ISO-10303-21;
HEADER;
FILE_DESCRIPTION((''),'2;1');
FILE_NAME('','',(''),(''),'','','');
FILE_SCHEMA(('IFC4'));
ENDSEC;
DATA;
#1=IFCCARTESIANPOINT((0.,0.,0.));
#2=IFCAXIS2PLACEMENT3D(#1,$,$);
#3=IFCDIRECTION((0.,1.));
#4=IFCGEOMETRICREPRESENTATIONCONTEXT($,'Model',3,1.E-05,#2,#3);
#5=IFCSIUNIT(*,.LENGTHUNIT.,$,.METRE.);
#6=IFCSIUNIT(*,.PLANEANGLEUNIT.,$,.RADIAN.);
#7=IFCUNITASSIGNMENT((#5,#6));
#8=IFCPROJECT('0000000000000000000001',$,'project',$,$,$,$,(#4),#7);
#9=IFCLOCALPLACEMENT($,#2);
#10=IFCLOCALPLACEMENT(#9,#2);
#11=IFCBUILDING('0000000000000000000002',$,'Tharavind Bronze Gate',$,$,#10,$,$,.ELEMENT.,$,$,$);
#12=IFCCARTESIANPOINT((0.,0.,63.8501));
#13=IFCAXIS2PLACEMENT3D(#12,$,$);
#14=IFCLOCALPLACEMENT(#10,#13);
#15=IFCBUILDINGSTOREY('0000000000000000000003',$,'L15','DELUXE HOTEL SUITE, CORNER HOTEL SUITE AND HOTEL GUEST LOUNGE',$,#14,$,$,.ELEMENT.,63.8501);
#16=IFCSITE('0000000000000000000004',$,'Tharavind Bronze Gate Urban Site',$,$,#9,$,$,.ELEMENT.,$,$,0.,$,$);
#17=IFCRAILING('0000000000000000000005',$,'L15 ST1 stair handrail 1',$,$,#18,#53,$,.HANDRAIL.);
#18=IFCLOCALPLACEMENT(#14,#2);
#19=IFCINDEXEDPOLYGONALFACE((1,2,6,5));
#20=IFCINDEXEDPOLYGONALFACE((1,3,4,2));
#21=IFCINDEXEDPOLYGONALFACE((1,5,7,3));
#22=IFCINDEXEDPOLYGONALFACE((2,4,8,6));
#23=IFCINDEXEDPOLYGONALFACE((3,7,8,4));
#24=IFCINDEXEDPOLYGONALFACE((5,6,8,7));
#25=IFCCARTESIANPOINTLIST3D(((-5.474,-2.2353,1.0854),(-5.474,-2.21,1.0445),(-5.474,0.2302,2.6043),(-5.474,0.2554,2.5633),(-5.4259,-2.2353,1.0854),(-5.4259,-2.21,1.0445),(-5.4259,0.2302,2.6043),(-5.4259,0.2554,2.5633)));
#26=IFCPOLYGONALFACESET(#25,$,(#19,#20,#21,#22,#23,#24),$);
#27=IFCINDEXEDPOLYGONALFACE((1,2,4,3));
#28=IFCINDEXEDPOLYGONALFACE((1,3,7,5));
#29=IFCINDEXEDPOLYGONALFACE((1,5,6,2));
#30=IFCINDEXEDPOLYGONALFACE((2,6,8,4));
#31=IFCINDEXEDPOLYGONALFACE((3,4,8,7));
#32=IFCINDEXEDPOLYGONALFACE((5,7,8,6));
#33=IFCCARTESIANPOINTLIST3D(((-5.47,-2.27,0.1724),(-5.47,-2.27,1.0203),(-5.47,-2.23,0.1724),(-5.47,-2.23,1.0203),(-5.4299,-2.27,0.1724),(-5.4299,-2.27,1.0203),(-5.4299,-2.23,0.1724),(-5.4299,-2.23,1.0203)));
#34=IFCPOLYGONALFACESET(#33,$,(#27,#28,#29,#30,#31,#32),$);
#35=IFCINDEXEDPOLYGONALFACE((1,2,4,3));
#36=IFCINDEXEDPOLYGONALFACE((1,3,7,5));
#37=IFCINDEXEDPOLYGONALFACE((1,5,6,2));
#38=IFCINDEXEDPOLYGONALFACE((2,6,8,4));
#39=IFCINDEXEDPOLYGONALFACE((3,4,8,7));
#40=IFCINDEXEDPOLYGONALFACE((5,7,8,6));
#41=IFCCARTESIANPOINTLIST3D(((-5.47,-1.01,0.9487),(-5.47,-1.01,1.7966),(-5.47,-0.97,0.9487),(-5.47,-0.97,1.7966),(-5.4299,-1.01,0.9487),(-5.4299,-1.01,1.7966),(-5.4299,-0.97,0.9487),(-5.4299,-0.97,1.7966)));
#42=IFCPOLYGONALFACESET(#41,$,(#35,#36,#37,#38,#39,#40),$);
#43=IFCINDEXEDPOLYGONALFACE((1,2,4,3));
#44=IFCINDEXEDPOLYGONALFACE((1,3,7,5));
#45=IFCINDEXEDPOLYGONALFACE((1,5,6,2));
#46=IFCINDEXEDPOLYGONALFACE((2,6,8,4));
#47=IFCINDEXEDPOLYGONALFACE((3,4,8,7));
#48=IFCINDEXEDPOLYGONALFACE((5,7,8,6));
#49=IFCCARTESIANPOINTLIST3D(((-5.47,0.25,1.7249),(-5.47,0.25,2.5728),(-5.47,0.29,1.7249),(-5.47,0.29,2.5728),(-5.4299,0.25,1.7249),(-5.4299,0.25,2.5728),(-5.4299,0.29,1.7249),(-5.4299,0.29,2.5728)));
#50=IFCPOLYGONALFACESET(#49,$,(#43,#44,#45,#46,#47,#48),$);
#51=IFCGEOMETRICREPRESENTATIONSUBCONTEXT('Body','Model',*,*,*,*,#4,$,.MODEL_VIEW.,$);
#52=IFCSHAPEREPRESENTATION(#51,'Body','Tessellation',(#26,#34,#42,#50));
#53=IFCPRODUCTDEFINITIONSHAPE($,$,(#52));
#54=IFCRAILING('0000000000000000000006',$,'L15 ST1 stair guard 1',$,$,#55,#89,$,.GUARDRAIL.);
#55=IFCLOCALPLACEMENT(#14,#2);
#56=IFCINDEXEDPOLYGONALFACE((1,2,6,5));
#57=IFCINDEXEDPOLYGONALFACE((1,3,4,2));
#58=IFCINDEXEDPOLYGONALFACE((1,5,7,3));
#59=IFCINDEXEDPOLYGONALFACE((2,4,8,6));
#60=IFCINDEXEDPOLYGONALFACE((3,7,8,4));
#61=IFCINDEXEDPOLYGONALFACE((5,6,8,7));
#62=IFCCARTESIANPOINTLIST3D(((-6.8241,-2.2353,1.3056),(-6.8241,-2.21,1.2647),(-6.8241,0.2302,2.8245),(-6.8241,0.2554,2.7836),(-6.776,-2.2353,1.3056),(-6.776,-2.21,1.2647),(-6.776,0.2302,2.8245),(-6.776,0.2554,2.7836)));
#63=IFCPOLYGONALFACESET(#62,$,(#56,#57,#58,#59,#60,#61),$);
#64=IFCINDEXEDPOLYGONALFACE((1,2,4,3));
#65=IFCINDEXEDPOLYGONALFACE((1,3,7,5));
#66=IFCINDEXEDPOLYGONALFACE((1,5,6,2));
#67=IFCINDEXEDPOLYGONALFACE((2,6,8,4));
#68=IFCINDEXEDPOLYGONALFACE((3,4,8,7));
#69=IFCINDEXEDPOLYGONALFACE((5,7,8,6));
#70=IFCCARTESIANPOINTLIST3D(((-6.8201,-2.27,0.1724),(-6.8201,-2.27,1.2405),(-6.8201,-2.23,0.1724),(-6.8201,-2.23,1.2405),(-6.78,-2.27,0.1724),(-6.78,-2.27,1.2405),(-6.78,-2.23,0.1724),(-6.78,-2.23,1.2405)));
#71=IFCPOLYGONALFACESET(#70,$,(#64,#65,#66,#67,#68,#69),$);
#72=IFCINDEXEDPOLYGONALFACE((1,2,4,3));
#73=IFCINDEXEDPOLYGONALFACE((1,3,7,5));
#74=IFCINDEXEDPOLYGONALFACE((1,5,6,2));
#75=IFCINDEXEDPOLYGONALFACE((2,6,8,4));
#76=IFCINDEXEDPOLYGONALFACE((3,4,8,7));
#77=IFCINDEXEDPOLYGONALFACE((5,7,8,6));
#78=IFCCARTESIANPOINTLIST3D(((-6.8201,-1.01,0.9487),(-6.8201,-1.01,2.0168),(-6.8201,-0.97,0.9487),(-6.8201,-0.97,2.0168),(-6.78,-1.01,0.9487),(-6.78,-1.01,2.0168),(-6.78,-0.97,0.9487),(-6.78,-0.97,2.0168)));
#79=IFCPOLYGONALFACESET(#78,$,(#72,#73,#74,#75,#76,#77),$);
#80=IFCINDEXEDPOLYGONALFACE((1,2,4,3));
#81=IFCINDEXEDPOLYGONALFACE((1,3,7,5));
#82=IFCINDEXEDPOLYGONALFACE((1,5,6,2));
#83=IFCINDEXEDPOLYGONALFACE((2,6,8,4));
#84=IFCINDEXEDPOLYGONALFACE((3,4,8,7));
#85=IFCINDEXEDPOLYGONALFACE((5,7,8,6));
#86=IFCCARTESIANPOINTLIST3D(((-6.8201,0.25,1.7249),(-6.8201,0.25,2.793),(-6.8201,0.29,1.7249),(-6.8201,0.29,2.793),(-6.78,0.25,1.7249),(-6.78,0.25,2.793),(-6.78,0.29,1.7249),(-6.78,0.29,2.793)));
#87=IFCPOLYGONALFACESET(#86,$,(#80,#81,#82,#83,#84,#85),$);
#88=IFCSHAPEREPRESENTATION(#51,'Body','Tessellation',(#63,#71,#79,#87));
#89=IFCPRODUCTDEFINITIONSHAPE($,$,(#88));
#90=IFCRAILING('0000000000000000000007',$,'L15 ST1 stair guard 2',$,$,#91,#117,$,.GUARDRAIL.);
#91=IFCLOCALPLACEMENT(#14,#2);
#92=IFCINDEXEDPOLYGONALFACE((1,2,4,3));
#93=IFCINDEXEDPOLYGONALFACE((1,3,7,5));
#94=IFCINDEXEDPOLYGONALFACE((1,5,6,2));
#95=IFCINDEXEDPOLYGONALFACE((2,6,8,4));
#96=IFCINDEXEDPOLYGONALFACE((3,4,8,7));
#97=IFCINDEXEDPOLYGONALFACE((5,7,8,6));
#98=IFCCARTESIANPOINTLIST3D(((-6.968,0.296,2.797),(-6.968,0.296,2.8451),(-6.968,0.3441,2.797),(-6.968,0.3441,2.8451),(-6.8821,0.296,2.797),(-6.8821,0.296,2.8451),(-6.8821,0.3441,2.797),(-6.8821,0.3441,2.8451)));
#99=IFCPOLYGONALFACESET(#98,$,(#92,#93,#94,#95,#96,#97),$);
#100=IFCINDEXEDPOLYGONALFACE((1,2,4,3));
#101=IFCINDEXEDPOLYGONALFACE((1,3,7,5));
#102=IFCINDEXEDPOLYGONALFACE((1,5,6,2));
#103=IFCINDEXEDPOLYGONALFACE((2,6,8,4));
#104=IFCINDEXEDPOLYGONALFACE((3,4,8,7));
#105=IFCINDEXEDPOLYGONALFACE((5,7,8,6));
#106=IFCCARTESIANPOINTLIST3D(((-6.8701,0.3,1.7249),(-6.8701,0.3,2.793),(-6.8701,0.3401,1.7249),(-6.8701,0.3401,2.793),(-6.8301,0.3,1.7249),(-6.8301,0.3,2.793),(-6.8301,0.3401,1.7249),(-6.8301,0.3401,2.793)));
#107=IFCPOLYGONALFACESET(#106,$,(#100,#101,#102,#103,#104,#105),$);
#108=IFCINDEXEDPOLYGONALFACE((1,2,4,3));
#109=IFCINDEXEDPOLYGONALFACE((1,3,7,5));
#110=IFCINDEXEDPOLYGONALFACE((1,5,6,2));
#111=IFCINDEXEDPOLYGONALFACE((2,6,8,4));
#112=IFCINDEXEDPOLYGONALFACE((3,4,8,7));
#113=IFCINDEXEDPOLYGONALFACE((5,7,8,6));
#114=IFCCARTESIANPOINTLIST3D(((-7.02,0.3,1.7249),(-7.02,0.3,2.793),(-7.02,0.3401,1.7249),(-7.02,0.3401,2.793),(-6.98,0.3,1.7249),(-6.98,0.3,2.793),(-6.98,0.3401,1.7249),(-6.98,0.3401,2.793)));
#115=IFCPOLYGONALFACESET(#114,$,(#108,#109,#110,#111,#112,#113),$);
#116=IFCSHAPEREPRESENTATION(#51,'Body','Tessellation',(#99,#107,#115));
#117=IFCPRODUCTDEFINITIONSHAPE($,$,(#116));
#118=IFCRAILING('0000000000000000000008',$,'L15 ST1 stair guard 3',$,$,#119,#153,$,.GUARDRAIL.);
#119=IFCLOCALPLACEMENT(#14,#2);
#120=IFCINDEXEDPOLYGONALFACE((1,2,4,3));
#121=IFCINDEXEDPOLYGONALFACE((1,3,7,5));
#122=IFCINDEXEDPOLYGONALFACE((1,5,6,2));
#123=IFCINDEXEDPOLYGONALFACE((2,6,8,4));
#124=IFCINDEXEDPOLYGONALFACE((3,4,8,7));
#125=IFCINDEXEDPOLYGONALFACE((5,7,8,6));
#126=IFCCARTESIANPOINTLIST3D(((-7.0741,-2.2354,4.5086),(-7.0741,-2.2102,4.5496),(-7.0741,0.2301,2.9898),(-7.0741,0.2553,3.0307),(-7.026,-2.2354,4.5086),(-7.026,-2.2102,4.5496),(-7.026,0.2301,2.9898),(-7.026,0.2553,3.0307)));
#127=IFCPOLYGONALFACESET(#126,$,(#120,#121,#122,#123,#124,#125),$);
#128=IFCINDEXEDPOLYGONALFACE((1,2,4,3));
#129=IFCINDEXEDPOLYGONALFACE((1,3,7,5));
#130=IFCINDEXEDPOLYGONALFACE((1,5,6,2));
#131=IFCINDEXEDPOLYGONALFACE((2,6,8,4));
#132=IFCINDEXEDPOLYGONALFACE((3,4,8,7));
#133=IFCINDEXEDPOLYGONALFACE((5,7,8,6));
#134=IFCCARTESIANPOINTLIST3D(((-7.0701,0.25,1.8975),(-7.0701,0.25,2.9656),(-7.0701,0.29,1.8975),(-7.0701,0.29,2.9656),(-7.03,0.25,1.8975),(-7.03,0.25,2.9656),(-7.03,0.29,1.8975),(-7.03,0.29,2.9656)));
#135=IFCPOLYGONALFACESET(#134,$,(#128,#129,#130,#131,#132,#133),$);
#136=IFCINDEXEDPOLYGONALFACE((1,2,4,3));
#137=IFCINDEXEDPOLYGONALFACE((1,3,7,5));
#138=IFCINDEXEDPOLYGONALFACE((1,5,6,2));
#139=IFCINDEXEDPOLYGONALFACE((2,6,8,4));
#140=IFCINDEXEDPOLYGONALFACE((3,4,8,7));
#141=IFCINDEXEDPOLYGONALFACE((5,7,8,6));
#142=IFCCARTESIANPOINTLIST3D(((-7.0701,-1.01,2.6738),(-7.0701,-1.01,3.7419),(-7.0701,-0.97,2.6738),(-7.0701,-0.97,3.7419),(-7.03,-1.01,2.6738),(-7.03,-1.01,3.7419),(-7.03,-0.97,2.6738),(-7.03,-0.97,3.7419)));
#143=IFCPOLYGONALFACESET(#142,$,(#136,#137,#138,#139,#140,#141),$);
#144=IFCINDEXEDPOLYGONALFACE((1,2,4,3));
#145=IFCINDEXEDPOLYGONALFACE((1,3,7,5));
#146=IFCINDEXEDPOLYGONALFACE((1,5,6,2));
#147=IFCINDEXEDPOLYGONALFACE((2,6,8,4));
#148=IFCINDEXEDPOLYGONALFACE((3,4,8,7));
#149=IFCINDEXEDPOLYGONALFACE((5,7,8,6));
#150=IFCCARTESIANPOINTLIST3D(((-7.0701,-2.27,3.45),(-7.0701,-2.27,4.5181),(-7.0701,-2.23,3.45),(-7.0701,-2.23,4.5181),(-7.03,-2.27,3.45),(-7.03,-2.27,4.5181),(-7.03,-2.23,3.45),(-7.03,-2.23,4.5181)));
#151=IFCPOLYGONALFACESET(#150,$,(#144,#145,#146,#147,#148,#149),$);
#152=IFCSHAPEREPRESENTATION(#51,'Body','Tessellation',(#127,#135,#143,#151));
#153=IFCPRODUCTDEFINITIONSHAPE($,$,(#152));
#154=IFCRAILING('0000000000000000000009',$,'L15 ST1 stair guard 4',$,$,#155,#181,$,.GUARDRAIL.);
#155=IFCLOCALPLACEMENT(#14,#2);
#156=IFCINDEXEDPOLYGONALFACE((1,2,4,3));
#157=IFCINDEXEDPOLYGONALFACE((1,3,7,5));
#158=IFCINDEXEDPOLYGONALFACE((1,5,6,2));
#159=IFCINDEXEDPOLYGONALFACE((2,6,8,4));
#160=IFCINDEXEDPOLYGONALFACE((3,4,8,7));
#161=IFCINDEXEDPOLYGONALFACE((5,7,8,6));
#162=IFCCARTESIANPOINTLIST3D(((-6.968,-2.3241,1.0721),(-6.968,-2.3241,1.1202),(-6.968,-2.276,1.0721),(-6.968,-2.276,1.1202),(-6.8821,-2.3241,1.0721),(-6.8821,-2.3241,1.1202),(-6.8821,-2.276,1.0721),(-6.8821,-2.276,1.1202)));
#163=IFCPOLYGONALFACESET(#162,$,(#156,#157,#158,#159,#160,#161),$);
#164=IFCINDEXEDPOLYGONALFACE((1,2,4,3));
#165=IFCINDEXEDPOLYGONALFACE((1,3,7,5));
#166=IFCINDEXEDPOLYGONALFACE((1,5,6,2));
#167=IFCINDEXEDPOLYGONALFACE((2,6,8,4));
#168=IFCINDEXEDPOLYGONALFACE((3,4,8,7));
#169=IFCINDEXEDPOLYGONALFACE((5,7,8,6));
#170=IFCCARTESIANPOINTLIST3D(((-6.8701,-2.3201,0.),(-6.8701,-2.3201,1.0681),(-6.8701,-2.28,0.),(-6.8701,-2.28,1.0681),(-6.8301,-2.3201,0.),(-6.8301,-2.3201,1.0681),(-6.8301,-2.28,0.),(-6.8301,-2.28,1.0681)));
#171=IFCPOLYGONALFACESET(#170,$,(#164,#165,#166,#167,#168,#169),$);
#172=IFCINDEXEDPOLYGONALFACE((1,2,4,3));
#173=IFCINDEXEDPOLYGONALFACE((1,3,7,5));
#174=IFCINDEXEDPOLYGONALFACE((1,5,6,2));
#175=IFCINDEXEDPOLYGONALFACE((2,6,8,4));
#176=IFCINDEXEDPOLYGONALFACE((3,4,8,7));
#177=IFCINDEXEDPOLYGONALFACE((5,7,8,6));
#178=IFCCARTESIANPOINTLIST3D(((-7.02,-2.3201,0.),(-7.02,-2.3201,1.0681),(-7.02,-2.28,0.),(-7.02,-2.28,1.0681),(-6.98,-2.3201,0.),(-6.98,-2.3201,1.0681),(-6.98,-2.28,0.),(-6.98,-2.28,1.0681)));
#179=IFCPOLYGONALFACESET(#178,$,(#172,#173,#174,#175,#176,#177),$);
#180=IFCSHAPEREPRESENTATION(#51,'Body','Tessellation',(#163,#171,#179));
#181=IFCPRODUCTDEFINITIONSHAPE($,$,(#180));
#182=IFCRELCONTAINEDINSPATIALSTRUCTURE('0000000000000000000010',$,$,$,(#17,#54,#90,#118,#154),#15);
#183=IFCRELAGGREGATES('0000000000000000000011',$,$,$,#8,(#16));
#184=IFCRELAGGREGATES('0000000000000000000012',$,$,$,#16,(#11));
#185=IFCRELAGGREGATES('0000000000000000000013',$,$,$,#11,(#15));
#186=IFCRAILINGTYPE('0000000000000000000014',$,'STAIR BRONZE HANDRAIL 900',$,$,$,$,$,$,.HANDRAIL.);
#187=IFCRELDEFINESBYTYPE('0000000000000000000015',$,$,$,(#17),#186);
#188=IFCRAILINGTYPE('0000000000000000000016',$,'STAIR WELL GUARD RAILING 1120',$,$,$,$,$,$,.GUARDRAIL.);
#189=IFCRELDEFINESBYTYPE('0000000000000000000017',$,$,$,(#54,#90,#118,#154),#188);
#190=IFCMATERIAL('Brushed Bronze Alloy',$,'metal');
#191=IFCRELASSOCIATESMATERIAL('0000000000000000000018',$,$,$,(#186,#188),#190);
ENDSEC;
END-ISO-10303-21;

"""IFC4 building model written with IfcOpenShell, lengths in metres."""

from ifc_helpers import new_model, si_unit, direction, frame, origin, origin_2d, place, context, subcontext, project, spatial, rectangle, extrude, material, type_object, element, save


model = new_model("IFC4")

# Units and contexts
model_context = context("Model", 3, precision=1e-05, world=origin(), true_north=direction((0.0, 1.0)))
body_context = subcontext(model_context, "Body", "Model", "MODEL_VIEW")
ifc_project = project(units=[si_unit("LENGTHUNIT", "METRE"), si_unit("PLANEANGLEUNIT", "RADIAN")], contexts=[model_context])

# Site, building, storey
site_placement = place(None, origin())
site = spatial("IfcSite", under=ifc_project, at=site_placement, Name="Tharavind Bronze Gate Urban Site", CompositionType="ELEMENT", RefElevation=0.0)
building_placement = place(site_placement, origin())
building = spatial("IfcBuilding", under=site, at=building_placement, Name="Tharavind Bronze Gate", CompositionType="ELEMENT")
storey_placement = place(building_placement, frame((0.0, 0.0, 63.8501)))
storey = spatial("IfcBuildingStorey", under=building, at=storey_placement, Name="L15", Description="DELUXE HOTEL SUITE, CORNER HOTEL SUITE AND HOTEL GUEST LOUNGE", CompositionType="ELEMENT", Elevation=63.8501)

# Railings
ifc_material_1 = material(Name="Brushed Bronze Alloy", Category="metal")
railing_type_1 = type_object("IfcRailingType", Name="STAIR BRONZE HANDRAIL 900", PredefinedType="HANDRAIL", material=ifc_material_1)
railing_1_placement = place(storey_placement, frame((-5.45, -2.25, 0.1724)))
element("IfcRailing", 1, at=railing_1_placement, inside=storey, type_object=railing_type_1, Name="L15 ST1 stair handrail 1", PredefinedType="HANDRAIL", context=body_context, shape_type="SweptSolid", body=[
    extrude(rectangle(XDim=0.0481, YDim=0.0481, at=origin_2d()), frame((0.0, 0.0273, 0.8926), z_axis=(0.0, 0.8514, 0.524516), x_axis=(-1.0, 0.0, 0.0)), (0.0, 0.0, 1.0), 2.8958),
    extrude(rectangle(XDim=0.04, YDim=0.04, at=origin_2d()), origin(), (0.0, 0.0, 1.0), 0.8479),
    extrude(rectangle(XDim=0.04, YDim=0.04, at=origin_2d()), frame((0.0, 1.26, 0.7764)), (0.0, 0.0, 1.0), 0.8479),
    extrude(rectangle(XDim=0.04, YDim=0.04, at=origin_2d()), frame((0.0, 2.52, 1.5525)), (0.0, 0.0, 1.0), 0.8479),
])
railing_type_2 = type_object("IfcRailingType", Name="STAIR WELL GUARD RAILING 1120", PredefinedType="GUARDRAIL", material=ifc_material_1)
railing_2_placement = place(storey_placement, frame((-6.8, -2.25, 0.1724)))
element("IfcRailing", 2, at=railing_2_placement, inside=storey, type_object=railing_type_2, Name="L15 ST1 stair guard 1", PredefinedType="GUARDRAIL", context=body_context, shape_type="SweptSolid", body=[
    extrude(rectangle(XDim=0.0481, YDim=0.0481, at=origin_2d()), frame((0.0, 0.0273, 1.1128), z_axis=(0.0, 0.8514, 0.524516), x_axis=(-1.0, 0.0, 0.0)), (0.0, 0.0, 1.0), 2.8958),
    extrude(rectangle(XDim=0.04, YDim=0.04, at=origin_2d()), origin(), (0.0, 0.0, 1.0), 1.0681),
    extrude(rectangle(XDim=0.04, YDim=0.04, at=origin_2d()), frame((0.0, 1.26, 0.7764)), (0.0, 0.0, 1.0), 1.0681),
    extrude(rectangle(XDim=0.04, YDim=0.04, at=origin_2d()), frame((0.0, 2.52, 1.5525)), (0.0, 0.0, 1.0), 1.0681),
])
railing_3_placement = place(storey_placement, frame((-6.8501, 0.3201, 1.7249)))
element("IfcRailing", 3, at=railing_3_placement, inside=storey, type_object=railing_type_2, Name="L15 ST1 stair guard 2", PredefinedType="GUARDRAIL", context=body_context, shape_type="SweptSolid", body=[
    extrude(rectangle(XDim=0.0481, YDim=0.0481, at=origin_2d()), frame((-0.032, 0.0, 1.0962), z_axis=(-1.0, 0.0, 0.0), x_axis=(0.0, -1.0, 0.0)), (0.0, 0.0, 1.0), 0.0859),
    extrude(rectangle(XDim=0.04, YDim=0.04, at=origin_2d()), origin(), (0.0, 0.0, 1.0), 1.0681),
    extrude(rectangle(XDim=0.04, YDim=0.04, at=origin_2d()), frame((-0.1499, 0.0, 0.0)), (0.0, 0.0, 1.0), 1.0681),
])
railing_4_placement = place(storey_placement, frame((-7.05, 0.27, 1.8975)))
element("IfcRailing", 4, at=railing_4_placement, inside=storey, type_object=railing_type_2, Name="L15 ST1 stair guard 3", PredefinedType="GUARDRAIL", context=body_context, shape_type="SweptSolid", body=[
    extrude(rectangle(XDim=0.0481, YDim=0.0481, at=origin_2d()), frame((0.0, -0.0273, 1.1128), z_axis=(0.0, -0.8514, 0.524516), x_axis=(1.0, 0.0, 0.0)), (0.0, 0.0, 1.0), 2.8958),
    extrude(rectangle(XDim=0.04, YDim=0.04, at=origin_2d()), origin(), (0.0, 0.0, 1.0), 1.0681),
    extrude(rectangle(XDim=0.04, YDim=0.04, at=origin_2d()), frame((0.0, -1.26, 0.7764)), (0.0, 0.0, 1.0), 1.0681),
    extrude(rectangle(XDim=0.04, YDim=0.04, at=origin_2d()), frame((0.0, -2.52, 1.5525)), (0.0, 0.0, 1.0), 1.0681),
])
railing_5_placement = place(storey_placement, frame((-6.8501, -2.3, 0.0)))
element("IfcRailing", 5, at=railing_5_placement, inside=storey, type_object=railing_type_2, Name="L15 ST1 stair guard 4", PredefinedType="GUARDRAIL", context=body_context, shape_type="SweptSolid", body=[
    extrude(rectangle(XDim=0.0481, YDim=0.0481, at=origin_2d()), frame((-0.032, 0.0, 1.0962), z_axis=(-1.0, 0.0, 0.0), x_axis=(0.0, -1.0, 0.0)), (0.0, 0.0, 1.0), 0.0859),
    extrude(rectangle(XDim=0.04, YDim=0.04, at=origin_2d()), origin(), (0.0, 0.0, 1.0), 1.0681),
    extrude(rectangle(XDim=0.04, YDim=0.04, at=origin_2d()), frame((-0.1499, 0.0, 0.0)), (0.0, 0.0, 1.0), 1.0681),
])

save(model, "model.ifc")
